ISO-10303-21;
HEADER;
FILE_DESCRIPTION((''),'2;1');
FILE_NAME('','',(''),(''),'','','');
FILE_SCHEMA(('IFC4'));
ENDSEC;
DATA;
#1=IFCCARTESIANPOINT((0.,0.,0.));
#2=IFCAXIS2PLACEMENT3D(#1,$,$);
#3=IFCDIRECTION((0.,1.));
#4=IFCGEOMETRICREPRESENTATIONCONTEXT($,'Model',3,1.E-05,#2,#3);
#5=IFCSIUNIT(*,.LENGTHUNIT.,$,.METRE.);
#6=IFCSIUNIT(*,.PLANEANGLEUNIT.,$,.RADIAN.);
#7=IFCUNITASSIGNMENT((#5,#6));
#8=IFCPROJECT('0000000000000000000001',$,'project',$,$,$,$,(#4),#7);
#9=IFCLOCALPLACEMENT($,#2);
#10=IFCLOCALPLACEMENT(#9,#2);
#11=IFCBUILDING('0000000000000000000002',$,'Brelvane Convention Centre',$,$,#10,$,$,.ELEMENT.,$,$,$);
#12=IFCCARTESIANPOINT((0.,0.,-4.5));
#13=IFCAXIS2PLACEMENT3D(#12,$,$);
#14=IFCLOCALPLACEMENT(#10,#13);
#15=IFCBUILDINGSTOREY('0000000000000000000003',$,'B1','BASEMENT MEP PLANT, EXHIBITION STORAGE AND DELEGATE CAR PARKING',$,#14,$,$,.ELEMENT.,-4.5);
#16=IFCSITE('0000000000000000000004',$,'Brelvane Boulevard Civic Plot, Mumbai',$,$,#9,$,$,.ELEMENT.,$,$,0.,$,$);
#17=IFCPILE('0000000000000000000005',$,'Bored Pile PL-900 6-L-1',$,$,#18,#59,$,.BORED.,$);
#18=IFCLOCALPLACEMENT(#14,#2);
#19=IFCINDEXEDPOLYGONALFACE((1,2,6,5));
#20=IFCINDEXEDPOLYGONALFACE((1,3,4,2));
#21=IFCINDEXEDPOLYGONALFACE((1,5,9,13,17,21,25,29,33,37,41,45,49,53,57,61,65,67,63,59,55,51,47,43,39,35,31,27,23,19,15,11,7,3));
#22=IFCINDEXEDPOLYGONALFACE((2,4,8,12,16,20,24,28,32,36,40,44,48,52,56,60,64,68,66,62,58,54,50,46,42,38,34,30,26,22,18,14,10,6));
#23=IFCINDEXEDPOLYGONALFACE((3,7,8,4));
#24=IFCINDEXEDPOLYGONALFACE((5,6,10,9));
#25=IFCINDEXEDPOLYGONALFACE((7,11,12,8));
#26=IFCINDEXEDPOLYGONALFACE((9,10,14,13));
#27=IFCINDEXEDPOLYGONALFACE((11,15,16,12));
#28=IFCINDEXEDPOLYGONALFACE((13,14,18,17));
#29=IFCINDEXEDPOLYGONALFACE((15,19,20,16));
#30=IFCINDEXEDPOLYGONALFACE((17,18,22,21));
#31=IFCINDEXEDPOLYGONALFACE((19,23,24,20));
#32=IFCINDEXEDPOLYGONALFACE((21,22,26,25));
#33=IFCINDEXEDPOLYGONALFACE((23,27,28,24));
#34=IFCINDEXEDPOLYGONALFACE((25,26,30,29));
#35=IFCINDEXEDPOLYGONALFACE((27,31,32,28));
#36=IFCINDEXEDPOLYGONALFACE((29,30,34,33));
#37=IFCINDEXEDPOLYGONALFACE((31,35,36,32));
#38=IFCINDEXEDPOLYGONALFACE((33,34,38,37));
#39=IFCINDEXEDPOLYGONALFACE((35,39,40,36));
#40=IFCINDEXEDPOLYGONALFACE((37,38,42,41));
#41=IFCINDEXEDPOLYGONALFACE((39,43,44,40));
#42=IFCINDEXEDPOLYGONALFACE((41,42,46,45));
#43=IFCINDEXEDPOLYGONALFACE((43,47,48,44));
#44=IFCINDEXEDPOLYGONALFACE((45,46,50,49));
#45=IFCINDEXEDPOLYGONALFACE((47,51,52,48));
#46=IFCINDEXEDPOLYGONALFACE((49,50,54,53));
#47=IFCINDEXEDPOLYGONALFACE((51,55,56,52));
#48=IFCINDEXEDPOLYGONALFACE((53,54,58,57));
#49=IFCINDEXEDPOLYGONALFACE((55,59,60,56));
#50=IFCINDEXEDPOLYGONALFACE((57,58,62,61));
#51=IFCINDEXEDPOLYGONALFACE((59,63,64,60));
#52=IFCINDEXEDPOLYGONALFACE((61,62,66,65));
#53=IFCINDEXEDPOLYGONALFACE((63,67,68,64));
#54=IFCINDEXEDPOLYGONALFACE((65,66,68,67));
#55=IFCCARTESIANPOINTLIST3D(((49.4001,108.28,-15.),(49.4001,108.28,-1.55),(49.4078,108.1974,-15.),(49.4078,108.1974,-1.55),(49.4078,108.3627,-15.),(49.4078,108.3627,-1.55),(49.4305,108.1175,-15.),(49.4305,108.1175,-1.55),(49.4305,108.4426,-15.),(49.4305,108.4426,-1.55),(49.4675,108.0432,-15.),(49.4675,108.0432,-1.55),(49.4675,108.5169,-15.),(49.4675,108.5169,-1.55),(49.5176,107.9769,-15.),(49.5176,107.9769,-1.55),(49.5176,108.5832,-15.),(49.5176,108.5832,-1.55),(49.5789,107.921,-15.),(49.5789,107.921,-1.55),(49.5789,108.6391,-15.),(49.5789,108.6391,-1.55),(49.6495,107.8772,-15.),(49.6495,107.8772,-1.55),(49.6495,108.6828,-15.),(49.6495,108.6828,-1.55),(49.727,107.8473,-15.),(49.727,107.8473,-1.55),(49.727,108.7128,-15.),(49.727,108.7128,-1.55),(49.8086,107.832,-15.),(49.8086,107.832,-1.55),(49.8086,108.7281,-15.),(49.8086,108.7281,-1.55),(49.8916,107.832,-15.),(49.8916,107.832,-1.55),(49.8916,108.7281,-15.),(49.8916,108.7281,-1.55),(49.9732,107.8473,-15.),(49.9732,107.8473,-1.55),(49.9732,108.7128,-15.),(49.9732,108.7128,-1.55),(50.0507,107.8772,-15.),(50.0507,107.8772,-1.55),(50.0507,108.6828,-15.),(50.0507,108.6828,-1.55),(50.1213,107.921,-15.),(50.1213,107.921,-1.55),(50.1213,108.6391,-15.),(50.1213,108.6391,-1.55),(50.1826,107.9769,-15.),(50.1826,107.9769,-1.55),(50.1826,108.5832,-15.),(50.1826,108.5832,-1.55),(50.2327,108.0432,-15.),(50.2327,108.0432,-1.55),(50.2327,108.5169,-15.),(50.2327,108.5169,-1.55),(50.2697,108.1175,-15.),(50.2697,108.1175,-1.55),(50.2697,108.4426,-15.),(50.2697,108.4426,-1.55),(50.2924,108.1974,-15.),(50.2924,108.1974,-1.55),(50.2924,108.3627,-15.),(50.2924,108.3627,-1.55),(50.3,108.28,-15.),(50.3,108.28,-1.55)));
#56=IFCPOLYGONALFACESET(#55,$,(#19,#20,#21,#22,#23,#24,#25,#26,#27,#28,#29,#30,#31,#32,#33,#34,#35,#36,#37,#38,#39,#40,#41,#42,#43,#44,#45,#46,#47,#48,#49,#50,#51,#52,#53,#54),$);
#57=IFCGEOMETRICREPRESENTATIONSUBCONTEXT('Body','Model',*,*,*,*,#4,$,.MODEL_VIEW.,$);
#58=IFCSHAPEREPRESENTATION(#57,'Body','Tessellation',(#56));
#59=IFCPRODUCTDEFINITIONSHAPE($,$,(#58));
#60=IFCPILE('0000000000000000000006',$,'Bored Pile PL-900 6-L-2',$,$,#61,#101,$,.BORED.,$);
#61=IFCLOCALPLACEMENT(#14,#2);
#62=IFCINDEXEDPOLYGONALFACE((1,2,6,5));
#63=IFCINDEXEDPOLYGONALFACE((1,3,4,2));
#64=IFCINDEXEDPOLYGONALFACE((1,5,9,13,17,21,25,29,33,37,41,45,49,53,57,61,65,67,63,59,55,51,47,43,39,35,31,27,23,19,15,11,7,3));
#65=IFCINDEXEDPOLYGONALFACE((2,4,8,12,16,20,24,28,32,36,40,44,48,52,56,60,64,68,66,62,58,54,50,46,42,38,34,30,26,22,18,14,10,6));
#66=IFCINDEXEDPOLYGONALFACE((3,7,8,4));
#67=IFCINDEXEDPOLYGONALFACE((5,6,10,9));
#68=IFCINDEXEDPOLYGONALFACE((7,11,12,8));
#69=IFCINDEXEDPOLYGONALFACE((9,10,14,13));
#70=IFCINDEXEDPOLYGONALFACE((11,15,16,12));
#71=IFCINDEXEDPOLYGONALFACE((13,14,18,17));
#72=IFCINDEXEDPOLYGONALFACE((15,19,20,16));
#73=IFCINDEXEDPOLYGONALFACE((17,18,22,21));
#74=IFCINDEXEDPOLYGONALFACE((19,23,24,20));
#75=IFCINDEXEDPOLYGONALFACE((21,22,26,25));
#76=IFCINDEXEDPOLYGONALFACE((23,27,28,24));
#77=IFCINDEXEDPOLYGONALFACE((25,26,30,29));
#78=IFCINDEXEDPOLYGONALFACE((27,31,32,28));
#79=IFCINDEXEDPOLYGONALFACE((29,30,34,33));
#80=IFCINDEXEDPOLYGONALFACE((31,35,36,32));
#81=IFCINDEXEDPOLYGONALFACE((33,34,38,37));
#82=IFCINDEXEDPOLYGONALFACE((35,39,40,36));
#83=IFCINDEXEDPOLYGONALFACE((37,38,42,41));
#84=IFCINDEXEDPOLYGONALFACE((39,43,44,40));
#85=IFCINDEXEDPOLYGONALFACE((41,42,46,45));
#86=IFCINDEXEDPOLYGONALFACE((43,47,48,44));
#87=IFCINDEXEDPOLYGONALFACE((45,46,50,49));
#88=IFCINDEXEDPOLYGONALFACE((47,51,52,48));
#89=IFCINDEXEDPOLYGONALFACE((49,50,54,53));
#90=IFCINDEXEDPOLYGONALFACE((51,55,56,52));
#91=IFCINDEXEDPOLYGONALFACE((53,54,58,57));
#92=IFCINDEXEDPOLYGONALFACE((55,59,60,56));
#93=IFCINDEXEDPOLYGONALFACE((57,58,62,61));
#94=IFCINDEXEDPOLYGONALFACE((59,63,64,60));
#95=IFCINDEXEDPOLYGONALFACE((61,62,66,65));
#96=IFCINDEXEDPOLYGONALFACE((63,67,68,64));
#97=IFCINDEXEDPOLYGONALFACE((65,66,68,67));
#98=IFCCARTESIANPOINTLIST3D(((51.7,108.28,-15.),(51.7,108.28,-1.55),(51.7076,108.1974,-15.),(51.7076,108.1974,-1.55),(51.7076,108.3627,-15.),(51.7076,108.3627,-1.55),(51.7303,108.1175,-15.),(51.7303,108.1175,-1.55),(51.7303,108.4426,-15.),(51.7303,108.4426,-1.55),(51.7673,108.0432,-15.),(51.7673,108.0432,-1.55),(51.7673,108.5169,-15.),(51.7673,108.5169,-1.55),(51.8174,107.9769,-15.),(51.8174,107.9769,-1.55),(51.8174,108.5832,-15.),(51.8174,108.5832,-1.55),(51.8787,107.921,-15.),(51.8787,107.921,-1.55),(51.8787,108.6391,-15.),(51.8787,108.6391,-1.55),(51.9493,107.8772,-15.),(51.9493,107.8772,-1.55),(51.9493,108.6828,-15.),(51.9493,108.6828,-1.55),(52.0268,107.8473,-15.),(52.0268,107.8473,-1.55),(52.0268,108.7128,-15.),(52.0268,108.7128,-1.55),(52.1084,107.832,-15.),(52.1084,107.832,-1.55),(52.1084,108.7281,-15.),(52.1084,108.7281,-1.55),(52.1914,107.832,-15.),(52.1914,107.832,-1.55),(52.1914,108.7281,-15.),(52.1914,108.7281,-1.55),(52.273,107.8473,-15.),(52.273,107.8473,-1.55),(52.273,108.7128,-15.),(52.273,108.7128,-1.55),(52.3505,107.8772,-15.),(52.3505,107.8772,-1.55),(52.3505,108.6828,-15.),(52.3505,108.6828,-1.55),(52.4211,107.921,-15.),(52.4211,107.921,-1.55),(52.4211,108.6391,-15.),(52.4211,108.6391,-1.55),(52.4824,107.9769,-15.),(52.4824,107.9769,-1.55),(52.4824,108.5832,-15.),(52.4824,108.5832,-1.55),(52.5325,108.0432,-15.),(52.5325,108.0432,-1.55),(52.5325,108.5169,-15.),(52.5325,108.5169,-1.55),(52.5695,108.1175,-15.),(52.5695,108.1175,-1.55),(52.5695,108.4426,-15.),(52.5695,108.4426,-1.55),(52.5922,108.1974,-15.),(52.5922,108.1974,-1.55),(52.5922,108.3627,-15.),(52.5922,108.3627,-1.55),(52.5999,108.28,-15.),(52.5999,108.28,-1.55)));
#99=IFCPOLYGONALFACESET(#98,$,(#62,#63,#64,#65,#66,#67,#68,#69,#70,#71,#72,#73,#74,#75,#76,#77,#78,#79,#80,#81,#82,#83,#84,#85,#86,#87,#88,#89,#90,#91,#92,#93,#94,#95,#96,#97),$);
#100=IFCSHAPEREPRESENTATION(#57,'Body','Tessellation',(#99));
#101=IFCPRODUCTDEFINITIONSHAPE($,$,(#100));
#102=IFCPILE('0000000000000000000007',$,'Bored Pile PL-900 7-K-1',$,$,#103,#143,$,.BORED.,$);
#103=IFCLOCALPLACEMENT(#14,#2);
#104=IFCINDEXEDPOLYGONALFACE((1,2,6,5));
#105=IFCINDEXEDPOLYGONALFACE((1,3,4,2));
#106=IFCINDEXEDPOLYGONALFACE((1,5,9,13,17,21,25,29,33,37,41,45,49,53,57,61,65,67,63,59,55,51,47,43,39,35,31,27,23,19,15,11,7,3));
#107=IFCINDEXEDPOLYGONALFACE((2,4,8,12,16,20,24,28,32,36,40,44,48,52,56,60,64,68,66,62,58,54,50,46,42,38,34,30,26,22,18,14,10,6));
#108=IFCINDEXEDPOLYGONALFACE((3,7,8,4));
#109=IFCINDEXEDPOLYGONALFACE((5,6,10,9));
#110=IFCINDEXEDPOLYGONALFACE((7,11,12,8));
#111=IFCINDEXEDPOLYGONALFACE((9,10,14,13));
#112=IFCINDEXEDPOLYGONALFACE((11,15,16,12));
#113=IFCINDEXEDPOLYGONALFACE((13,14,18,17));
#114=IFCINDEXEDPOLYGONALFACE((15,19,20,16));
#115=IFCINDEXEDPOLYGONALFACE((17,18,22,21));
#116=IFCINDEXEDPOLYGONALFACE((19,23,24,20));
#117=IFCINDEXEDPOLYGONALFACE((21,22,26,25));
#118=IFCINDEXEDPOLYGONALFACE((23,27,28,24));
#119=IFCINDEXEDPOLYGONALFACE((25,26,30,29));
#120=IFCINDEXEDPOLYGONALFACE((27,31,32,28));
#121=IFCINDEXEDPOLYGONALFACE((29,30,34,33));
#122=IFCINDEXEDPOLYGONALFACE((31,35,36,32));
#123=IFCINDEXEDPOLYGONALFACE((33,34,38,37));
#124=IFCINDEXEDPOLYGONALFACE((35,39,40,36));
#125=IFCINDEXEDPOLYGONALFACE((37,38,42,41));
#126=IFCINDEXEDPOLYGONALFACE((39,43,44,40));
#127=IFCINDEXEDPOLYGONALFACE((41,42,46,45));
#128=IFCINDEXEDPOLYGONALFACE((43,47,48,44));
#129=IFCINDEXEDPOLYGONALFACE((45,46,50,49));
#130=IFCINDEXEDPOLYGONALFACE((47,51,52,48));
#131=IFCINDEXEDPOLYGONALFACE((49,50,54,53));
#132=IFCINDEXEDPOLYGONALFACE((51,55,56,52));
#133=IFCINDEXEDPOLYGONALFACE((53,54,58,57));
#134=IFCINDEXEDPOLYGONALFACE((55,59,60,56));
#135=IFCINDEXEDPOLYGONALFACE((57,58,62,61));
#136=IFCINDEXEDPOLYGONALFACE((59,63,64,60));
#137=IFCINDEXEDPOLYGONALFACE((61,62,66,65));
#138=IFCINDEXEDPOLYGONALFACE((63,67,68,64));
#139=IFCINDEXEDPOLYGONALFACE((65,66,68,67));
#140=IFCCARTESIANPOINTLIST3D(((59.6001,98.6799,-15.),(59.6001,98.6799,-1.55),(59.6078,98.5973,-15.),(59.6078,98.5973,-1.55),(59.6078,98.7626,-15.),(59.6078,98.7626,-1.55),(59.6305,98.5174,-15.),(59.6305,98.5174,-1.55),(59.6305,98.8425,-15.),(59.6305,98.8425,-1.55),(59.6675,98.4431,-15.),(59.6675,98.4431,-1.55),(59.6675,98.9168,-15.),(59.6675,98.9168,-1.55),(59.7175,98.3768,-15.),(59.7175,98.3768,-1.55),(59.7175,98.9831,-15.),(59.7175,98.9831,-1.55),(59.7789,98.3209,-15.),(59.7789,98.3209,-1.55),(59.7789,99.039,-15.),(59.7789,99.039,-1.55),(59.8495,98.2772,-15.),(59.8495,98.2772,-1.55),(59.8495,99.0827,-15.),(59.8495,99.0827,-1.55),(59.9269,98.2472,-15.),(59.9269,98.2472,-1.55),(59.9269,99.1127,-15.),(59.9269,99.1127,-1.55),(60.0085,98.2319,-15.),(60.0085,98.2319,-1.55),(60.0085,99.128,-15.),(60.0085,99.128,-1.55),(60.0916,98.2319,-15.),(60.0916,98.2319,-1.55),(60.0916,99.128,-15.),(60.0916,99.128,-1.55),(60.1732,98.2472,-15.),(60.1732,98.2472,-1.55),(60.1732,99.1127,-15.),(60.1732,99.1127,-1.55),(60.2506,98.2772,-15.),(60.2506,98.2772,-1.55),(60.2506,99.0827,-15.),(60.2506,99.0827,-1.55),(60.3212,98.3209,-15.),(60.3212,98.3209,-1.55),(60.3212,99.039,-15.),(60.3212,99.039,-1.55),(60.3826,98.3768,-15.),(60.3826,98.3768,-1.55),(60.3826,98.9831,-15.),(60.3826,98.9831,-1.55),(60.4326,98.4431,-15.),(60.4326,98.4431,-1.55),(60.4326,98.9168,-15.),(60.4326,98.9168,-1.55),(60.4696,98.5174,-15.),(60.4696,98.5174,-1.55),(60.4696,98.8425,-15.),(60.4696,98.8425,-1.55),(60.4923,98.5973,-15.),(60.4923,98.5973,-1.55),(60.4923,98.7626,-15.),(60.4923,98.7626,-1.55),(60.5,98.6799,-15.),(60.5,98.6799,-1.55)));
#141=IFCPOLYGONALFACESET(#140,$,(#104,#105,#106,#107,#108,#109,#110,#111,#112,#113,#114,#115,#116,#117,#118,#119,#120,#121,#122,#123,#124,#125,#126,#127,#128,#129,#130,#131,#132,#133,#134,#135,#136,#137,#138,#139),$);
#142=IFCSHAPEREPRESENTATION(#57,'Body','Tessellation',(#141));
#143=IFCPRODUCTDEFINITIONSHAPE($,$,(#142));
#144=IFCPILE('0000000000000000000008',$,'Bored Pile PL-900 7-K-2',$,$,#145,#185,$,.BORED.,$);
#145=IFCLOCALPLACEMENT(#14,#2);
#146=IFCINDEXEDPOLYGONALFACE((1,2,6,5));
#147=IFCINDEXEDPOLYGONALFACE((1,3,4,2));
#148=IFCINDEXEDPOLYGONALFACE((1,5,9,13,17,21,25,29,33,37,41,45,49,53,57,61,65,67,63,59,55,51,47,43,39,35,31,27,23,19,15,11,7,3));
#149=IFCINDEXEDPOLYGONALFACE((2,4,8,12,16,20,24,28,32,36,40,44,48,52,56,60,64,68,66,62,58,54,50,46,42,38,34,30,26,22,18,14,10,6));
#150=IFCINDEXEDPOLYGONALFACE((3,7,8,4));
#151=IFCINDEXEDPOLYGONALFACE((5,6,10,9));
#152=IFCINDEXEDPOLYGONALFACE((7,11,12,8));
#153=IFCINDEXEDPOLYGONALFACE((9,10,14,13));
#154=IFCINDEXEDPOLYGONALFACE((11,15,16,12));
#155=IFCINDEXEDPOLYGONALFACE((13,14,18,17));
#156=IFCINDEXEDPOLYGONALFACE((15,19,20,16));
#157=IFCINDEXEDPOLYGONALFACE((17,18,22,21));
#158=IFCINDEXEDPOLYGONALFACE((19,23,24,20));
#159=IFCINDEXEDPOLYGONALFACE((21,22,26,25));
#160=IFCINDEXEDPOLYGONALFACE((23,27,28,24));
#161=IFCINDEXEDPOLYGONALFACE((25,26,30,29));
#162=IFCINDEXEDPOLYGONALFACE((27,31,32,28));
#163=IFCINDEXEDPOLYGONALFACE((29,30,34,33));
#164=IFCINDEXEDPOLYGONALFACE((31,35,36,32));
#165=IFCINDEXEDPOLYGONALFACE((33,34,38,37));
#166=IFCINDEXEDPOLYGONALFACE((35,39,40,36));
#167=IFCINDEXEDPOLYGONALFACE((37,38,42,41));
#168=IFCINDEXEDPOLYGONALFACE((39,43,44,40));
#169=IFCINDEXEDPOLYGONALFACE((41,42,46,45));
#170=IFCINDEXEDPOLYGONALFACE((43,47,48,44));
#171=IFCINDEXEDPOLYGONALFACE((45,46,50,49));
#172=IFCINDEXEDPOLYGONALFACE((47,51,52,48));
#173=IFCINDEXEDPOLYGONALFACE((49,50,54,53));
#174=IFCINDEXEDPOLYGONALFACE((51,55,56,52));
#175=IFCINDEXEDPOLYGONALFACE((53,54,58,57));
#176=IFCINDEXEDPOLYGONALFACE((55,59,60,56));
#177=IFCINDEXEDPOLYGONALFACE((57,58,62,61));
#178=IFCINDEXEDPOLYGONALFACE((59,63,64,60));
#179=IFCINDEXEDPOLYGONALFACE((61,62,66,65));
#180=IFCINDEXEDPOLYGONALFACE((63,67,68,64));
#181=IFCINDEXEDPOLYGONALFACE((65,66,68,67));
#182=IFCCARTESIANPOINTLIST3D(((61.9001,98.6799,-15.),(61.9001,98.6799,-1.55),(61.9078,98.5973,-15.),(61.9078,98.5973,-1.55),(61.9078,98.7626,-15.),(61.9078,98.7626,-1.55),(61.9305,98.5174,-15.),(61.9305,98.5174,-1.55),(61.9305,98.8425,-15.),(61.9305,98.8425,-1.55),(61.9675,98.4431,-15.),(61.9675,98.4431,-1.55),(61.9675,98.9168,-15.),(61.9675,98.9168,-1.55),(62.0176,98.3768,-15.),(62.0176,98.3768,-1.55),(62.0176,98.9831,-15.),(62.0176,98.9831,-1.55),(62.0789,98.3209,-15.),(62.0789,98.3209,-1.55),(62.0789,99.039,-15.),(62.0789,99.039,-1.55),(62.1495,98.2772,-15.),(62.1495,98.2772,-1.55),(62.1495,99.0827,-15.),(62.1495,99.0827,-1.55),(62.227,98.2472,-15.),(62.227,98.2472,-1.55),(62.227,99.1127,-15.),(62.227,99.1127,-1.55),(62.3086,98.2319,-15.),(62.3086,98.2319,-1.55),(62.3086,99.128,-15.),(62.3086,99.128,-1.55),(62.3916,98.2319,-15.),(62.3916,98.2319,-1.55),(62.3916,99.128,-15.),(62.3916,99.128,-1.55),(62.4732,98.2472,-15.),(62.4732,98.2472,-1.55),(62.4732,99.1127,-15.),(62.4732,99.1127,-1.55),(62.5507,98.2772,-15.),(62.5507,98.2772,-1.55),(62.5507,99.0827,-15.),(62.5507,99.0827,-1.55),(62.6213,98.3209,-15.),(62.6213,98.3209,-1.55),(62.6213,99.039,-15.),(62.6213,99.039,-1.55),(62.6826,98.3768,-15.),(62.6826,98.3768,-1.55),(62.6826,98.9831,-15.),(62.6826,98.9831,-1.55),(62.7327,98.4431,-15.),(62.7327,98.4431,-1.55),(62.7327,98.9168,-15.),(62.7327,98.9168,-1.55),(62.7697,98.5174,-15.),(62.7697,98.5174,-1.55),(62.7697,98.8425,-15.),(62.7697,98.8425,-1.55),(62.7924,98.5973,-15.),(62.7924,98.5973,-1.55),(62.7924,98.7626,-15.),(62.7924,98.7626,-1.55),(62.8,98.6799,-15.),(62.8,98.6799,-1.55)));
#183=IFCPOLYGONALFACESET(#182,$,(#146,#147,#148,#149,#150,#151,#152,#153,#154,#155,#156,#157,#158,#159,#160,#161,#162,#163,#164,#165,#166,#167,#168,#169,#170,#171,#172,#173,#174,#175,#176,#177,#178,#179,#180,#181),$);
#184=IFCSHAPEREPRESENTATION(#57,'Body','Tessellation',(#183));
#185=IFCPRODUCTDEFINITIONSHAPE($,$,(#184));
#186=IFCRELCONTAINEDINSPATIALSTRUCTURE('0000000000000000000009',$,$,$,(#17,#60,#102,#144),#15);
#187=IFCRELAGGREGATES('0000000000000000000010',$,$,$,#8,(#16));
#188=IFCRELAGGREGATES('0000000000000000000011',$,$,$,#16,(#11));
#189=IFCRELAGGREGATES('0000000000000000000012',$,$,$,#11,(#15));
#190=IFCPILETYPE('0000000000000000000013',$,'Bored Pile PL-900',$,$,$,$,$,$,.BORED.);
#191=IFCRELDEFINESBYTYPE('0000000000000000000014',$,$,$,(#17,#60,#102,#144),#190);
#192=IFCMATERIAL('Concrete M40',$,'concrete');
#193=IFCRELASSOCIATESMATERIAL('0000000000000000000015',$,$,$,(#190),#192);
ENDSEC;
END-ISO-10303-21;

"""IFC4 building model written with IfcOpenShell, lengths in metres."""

from ifc_helpers import new_model, si_unit, direction, frame, origin, origin_2d, place, context, subcontext, project, spatial, circle, extrude, material, material_profile, profile_set, type_object, element, save


model = new_model("IFC4")

# Units and contexts
model_context = context("Model", 3, precision=1e-05, world=origin(), true_north=direction((0.0, 1.0)))
body_context = subcontext(model_context, "Body", "Model", "MODEL_VIEW")
ifc_project = project(units=[si_unit("LENGTHUNIT", "METRE"), si_unit("PLANEANGLEUNIT", "RADIAN")], contexts=[model_context])

# Site, building, storey
site_placement = place(None, origin())
site = spatial("IfcSite", under=ifc_project, at=site_placement, Name="Brelvane Boulevard Civic Plot, Mumbai", CompositionType="ELEMENT", RefElevation=0.0)
building_placement = place(site_placement, origin())
building = spatial("IfcBuilding", under=site, at=building_placement, Name="Brelvane Convention Centre", CompositionType="ELEMENT")
storey_placement = place(building_placement, frame((0.0, 0.0, -4.5)))
storey = spatial("IfcBuildingStorey", under=building, at=storey_placement, Name="B1", Description="BASEMENT MEP PLANT, EXHIBITION STORAGE AND DELEGATE CAR PARKING", CompositionType="ELEMENT", Elevation=-4.5)

# Piles
ifc_material_1 = material(Name="Concrete M40", Category="concrete")
ifc_material_profile_1 = material_profile(ifc_material_1, circle(Radius=0.45, at=origin_2d()), Name="PILE D900")
ifc_profile_set_1 = profile_set([ifc_material_profile_1], Name="Concrete M40")
pile_type = type_object("IfcPileType", Name="Bored Pile PL-900", PredefinedType="BORED", material=ifc_profile_set_1)
for number, where, z_axis, x_axis, name in (
    (1, (49.8501, 108.28, -1.55), (0.0, 0.0, -1.0), (1.0, 0.0, 0.0), "Bored Pile PL-900 6-L-1"),
    (2, (52.1499, 108.28, -1.55), (0.0, 0.0, -1.0), (1.0, 0.0, 0.0), "Bored Pile PL-900 6-L-2"),
    (3, (60.05, 98.6799, -1.55), (0.0, 0.0, -1.0), (1.0, 0.0, 0.0), "Bored Pile PL-900 7-K-1"),
    (4, (62.3501, 98.6799, -1.55), (0.0, 0.0, -1.0), (1.0, 0.0, 0.0), "Bored Pile PL-900 7-K-2"),
):
    element("IfcPile", number, at=place(storey_placement, frame(where, z_axis=z_axis, x_axis=x_axis)), inside=storey, type_object=pile_type, Name=name, PredefinedType="BORED", context=body_context, shape_type="SweptSolid", body=[
        extrude(circle(Radius=0.45, at=origin_2d()), origin(), (0.0, 0.0, 1.0), 13.45),
    ])

save(model, "model.ifc")
